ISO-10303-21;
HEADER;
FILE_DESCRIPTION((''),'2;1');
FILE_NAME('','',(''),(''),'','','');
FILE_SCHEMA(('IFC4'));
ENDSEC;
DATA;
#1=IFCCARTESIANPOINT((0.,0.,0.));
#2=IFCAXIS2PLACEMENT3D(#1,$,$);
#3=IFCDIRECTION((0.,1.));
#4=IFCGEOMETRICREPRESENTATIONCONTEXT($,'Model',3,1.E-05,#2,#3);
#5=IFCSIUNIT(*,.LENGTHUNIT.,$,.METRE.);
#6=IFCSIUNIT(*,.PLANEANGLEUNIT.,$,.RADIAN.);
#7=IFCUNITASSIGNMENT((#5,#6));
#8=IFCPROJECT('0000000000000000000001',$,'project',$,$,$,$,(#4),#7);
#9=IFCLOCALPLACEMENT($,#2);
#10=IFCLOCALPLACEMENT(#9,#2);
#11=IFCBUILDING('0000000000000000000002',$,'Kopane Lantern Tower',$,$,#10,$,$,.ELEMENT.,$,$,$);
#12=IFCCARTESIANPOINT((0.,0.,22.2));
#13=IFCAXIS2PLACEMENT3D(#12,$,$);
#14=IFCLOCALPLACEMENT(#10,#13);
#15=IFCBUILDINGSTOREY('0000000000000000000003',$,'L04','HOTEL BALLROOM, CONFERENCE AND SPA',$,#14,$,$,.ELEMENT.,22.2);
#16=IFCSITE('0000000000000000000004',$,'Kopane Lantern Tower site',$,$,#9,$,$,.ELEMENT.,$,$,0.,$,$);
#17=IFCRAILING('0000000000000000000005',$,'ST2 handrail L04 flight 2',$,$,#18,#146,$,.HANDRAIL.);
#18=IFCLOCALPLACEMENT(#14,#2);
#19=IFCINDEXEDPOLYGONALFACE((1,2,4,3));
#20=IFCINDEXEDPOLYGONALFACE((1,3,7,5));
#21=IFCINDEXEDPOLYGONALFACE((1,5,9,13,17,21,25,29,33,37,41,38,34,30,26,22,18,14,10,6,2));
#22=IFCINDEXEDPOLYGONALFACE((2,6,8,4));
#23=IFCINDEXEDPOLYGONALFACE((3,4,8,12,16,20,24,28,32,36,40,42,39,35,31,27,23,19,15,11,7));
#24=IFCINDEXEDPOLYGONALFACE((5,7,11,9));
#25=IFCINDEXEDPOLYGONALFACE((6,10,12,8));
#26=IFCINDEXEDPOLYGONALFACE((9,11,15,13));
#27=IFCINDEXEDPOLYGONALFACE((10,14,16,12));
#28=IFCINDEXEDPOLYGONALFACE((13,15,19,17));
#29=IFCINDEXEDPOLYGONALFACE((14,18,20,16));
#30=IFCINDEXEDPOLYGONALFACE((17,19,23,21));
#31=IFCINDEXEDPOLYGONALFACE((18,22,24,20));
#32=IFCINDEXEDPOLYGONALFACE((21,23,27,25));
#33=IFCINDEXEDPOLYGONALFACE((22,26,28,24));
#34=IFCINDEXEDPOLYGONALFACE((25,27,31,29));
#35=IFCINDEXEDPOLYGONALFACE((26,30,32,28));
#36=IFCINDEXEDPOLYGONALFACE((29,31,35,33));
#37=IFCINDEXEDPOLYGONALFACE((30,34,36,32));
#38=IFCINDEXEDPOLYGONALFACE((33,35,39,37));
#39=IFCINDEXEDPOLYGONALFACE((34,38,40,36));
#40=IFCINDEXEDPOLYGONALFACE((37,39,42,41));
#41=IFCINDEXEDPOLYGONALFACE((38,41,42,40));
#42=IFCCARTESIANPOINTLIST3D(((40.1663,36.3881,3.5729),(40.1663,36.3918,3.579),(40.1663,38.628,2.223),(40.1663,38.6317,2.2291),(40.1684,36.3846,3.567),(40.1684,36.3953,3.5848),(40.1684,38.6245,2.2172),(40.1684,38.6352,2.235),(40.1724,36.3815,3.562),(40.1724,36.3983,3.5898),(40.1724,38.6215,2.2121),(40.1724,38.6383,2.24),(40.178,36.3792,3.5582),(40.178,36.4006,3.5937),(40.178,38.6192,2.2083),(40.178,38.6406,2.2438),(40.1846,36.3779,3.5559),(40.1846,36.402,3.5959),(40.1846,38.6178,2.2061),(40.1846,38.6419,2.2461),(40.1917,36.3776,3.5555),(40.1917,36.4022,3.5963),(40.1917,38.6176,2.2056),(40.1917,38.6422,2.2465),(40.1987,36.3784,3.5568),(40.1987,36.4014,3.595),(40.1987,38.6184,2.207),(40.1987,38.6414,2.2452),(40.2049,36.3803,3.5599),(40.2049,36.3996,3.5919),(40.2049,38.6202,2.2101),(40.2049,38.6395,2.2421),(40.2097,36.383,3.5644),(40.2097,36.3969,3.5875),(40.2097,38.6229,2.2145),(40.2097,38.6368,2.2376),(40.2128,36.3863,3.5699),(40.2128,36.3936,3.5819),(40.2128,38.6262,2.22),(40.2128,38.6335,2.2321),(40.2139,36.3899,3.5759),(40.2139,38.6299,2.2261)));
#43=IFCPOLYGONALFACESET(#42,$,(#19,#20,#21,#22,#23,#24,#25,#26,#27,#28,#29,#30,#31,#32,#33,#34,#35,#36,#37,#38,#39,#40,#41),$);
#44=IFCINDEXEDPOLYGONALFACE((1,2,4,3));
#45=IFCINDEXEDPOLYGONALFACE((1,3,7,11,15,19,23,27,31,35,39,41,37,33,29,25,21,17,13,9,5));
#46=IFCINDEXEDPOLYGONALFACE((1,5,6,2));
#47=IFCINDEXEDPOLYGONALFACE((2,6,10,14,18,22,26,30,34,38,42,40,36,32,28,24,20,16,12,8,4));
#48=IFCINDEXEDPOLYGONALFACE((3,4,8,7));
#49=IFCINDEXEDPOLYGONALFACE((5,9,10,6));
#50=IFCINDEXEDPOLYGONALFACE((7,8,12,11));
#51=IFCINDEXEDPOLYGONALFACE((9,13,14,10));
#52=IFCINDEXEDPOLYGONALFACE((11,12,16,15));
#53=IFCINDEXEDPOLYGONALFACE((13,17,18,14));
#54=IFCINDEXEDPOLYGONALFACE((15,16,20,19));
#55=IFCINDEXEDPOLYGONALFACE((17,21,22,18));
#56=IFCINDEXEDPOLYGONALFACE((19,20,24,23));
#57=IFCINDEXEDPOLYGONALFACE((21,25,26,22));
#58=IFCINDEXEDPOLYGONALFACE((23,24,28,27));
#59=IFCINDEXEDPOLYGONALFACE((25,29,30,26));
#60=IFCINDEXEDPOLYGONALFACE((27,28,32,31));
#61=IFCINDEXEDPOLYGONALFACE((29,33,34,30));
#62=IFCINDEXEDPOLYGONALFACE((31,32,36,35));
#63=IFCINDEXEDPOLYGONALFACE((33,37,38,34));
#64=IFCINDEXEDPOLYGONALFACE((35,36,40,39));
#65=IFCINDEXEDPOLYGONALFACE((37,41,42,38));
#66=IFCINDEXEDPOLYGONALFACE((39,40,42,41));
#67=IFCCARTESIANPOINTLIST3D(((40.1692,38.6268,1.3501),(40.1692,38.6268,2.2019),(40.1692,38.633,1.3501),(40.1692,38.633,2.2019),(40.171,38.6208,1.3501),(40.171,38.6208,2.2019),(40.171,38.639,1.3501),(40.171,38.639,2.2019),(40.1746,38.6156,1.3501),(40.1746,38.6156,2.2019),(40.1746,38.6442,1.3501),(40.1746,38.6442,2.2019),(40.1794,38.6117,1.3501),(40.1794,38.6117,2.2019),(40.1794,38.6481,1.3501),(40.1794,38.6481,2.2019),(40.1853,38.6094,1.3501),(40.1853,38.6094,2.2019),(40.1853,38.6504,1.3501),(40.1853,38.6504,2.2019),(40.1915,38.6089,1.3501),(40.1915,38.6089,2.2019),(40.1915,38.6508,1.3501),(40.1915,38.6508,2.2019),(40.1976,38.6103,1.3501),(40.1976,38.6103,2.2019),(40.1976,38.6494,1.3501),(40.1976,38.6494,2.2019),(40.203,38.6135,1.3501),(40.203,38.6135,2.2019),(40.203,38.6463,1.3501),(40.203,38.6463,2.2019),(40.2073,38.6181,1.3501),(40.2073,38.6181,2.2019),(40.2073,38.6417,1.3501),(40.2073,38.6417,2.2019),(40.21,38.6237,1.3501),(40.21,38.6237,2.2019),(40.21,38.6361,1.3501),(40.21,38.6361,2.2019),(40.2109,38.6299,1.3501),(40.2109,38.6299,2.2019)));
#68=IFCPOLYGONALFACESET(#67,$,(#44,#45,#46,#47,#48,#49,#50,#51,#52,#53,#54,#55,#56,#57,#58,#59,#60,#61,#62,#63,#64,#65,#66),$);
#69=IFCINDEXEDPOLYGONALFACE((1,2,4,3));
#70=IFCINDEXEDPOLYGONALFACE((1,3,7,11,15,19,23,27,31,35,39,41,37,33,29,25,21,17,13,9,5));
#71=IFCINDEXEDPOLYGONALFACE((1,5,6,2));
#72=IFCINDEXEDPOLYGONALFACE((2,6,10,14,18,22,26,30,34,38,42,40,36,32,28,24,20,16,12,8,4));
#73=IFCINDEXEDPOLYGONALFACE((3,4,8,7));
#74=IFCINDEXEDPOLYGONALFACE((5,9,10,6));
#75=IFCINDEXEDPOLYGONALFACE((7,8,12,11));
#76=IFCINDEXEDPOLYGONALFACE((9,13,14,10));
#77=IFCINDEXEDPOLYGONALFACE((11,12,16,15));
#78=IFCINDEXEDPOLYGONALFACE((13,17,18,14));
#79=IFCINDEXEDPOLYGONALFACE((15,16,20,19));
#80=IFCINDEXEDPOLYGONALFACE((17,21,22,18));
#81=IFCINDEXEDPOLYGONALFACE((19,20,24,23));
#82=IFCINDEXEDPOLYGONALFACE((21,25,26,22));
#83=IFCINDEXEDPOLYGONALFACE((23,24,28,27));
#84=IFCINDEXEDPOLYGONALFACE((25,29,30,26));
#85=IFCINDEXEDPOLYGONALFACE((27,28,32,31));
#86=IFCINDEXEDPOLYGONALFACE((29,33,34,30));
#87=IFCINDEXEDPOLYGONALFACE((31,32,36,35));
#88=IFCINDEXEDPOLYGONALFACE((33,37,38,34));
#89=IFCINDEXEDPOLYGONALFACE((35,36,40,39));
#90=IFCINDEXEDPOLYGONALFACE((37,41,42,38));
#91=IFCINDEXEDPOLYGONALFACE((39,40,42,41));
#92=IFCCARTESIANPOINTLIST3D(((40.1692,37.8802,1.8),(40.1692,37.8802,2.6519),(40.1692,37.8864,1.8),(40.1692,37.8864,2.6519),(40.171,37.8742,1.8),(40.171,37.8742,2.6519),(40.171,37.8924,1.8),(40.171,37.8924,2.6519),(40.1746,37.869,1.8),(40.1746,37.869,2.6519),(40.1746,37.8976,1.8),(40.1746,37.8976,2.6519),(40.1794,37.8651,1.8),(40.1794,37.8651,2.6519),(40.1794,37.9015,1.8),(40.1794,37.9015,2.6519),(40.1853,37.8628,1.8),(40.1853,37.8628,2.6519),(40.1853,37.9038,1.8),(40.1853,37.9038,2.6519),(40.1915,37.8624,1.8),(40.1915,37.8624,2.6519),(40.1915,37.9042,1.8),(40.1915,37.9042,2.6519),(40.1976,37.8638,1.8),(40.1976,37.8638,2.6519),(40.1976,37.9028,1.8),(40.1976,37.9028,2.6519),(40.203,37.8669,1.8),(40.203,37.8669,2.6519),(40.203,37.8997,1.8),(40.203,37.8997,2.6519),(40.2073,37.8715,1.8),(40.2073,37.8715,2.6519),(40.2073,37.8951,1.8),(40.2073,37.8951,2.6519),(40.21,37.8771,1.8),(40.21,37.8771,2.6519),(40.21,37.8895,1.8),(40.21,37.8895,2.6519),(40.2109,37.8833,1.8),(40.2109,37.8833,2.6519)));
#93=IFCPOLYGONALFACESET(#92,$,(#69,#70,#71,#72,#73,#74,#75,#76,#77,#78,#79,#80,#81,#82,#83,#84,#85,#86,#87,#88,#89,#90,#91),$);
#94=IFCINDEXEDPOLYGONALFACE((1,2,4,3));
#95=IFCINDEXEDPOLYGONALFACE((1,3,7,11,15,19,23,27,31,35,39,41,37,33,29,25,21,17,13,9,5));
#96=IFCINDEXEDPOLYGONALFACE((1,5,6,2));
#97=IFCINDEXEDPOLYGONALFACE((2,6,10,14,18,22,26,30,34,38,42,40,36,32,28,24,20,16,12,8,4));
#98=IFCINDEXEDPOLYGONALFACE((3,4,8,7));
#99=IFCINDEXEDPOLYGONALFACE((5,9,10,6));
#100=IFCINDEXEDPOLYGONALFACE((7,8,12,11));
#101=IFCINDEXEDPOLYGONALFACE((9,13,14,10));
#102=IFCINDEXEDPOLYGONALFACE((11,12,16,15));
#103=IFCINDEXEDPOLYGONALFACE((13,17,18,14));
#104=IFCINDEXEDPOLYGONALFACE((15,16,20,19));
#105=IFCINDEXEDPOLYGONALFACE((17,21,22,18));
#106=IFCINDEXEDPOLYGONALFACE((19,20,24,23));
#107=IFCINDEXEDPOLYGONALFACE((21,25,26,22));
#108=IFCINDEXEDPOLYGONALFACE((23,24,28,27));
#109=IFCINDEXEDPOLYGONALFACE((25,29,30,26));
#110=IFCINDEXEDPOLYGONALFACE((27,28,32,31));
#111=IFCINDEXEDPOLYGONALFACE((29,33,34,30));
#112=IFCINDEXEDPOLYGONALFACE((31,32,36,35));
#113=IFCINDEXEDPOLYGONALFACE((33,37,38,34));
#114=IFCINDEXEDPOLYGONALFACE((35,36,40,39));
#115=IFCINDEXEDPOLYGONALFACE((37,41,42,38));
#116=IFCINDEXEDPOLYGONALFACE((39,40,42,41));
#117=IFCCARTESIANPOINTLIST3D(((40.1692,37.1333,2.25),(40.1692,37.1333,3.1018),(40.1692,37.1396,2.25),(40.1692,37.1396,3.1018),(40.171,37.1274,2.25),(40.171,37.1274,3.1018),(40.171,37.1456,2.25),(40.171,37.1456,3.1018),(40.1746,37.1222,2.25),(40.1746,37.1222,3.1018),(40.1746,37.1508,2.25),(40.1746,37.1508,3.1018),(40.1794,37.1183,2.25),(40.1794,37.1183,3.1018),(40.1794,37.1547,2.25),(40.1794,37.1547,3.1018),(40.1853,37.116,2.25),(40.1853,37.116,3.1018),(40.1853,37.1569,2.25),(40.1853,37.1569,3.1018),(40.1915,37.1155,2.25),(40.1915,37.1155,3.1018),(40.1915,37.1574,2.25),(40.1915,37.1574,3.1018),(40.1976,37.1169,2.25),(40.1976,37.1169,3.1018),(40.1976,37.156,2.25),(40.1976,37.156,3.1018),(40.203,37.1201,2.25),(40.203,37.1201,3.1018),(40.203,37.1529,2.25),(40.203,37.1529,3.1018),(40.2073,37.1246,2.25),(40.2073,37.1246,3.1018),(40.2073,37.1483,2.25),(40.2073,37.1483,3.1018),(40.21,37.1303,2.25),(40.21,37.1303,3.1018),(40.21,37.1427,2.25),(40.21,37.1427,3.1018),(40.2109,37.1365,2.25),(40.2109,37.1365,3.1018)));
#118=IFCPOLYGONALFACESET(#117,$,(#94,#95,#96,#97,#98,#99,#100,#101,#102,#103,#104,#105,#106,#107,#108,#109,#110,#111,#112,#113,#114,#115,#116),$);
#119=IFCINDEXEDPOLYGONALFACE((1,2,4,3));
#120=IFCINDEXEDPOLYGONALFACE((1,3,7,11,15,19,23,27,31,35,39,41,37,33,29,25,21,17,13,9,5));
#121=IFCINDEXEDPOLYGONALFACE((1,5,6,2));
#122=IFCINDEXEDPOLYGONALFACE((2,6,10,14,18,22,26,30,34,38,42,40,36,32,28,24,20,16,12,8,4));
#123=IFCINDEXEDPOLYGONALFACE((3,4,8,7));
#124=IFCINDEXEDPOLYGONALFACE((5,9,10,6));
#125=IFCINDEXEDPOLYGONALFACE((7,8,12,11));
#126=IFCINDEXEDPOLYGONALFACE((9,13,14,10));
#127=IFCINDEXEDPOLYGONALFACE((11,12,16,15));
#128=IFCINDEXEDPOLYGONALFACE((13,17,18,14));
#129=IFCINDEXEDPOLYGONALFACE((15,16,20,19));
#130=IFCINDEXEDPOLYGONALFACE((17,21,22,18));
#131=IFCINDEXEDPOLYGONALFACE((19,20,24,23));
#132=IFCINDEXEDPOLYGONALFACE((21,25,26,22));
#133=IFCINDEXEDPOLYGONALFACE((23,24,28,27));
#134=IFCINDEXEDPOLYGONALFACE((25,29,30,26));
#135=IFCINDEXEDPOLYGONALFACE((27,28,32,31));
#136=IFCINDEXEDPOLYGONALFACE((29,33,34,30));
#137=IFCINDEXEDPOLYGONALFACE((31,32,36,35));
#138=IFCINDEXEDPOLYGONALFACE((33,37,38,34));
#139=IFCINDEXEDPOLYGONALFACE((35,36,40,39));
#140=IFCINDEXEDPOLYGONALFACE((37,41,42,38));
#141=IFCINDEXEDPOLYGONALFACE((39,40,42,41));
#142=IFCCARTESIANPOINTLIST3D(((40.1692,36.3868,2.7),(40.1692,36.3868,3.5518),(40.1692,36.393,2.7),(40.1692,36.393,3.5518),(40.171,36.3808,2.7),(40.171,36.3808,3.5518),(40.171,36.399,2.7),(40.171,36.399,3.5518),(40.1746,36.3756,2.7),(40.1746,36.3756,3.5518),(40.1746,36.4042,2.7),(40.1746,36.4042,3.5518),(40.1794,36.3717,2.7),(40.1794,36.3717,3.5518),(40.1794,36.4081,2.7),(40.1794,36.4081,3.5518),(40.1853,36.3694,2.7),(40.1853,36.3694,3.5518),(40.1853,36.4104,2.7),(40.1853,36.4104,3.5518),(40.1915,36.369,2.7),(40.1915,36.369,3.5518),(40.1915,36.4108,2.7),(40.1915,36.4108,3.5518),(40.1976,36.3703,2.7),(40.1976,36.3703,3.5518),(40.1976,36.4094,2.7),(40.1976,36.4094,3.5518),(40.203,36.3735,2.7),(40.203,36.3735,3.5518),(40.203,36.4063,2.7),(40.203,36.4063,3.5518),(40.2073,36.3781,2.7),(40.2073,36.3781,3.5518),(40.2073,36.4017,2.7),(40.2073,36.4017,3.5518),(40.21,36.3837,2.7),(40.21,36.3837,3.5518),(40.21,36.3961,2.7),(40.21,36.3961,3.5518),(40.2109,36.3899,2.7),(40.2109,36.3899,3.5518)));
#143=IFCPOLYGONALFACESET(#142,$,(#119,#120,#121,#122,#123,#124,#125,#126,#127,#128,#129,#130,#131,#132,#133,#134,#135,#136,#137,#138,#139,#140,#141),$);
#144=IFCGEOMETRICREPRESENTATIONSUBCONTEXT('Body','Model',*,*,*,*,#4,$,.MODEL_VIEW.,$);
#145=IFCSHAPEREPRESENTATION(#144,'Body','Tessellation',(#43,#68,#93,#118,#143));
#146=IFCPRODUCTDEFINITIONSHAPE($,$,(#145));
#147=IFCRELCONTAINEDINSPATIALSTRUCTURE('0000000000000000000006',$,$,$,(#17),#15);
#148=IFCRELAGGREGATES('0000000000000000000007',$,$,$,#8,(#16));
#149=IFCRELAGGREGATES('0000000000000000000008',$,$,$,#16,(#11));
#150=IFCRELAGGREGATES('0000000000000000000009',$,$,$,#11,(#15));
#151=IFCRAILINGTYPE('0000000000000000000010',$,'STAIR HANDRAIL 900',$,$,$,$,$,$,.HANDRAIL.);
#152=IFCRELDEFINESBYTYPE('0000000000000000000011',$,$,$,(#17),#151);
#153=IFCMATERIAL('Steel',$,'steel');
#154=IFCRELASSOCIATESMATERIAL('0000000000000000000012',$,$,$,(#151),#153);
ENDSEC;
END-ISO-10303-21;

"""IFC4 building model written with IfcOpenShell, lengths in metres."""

from ifc_helpers import new_model, si_unit, direction, frame, origin, origin_2d, place, context, subcontext, project, spatial, circle, extrude, material, type_object, element, save


model = new_model("IFC4")

# Units and contexts
model_context = context("Model", 3, precision=1e-05, world=origin(), true_north=direction((0.0, 1.0)))
body_context = subcontext(model_context, "Body", "Model", "MODEL_VIEW")
ifc_project = project(units=[si_unit("LENGTHUNIT", "METRE"), si_unit("PLANEANGLEUNIT", "RADIAN")], contexts=[model_context])

# Site, building, storey
site_placement = place(None, origin())
site = spatial("IfcSite", under=ifc_project, at=site_placement, Name="Kopane Lantern Tower site", CompositionType="ELEMENT", RefElevation=0.0)
building_placement = place(site_placement, origin())
building = spatial("IfcBuilding", under=site, at=building_placement, Name="Kopane Lantern Tower", CompositionType="ELEMENT")
storey_placement = place(building_placement, frame((0.0, 0.0, 22.2)))
storey = spatial("IfcBuildingStorey", under=building, at=storey_placement, Name="L04", Description="HOTEL BALLROOM, CONFERENCE AND SPA", CompositionType="ELEMENT", Elevation=22.2)

# Railing
ifc_material_1 = material(Name="Steel", Category="steel")
railing_type_1 = type_object("IfcRailingType", Name="STAIR HANDRAIL 900", PredefinedType="HANDRAIL", material=ifc_material_1)
for number, where, name in (
    (1, (40.1899, 38.6299, 1.3501), "ST2 handrail L04 flight 2"),
):
    element("IfcRailing", number, at=place(storey_placement, frame(where)), inside=storey, type_object=railing_type_1, Name=name, PredefinedType="HANDRAIL", context=body_context, shape_type="SweptSolid", body=[
        extrude(circle(Radius=0.0239, at=origin_2d()), frame((0.0, 0.0, 0.876), z_axis=(0.0, -0.856503, 0.516142), x_axis=(1.0, 0.0, 0.0)), (0.0, 0.0, 1.0), 2.6152),
        extrude(circle(Radius=0.021, at=origin_2d()), origin(), (0.0, 0.0, 1.0), 0.8518),
        extrude(circle(Radius=0.021, at=origin_2d()), frame((0.0, -0.7466, 0.45)), (0.0, 0.0, 1.0), 0.8518),
        extrude(circle(Radius=0.021, at=origin_2d()), frame((0.0, -1.4934, 0.8999)), (0.0, 0.0, 1.0), 0.8518),
        extrude(circle(Radius=0.021, at=origin_2d()), frame((0.0, -2.24, 1.3499)), (0.0, 0.0, 1.0), 0.8518),
    ])

save(model, "model.ifc")
